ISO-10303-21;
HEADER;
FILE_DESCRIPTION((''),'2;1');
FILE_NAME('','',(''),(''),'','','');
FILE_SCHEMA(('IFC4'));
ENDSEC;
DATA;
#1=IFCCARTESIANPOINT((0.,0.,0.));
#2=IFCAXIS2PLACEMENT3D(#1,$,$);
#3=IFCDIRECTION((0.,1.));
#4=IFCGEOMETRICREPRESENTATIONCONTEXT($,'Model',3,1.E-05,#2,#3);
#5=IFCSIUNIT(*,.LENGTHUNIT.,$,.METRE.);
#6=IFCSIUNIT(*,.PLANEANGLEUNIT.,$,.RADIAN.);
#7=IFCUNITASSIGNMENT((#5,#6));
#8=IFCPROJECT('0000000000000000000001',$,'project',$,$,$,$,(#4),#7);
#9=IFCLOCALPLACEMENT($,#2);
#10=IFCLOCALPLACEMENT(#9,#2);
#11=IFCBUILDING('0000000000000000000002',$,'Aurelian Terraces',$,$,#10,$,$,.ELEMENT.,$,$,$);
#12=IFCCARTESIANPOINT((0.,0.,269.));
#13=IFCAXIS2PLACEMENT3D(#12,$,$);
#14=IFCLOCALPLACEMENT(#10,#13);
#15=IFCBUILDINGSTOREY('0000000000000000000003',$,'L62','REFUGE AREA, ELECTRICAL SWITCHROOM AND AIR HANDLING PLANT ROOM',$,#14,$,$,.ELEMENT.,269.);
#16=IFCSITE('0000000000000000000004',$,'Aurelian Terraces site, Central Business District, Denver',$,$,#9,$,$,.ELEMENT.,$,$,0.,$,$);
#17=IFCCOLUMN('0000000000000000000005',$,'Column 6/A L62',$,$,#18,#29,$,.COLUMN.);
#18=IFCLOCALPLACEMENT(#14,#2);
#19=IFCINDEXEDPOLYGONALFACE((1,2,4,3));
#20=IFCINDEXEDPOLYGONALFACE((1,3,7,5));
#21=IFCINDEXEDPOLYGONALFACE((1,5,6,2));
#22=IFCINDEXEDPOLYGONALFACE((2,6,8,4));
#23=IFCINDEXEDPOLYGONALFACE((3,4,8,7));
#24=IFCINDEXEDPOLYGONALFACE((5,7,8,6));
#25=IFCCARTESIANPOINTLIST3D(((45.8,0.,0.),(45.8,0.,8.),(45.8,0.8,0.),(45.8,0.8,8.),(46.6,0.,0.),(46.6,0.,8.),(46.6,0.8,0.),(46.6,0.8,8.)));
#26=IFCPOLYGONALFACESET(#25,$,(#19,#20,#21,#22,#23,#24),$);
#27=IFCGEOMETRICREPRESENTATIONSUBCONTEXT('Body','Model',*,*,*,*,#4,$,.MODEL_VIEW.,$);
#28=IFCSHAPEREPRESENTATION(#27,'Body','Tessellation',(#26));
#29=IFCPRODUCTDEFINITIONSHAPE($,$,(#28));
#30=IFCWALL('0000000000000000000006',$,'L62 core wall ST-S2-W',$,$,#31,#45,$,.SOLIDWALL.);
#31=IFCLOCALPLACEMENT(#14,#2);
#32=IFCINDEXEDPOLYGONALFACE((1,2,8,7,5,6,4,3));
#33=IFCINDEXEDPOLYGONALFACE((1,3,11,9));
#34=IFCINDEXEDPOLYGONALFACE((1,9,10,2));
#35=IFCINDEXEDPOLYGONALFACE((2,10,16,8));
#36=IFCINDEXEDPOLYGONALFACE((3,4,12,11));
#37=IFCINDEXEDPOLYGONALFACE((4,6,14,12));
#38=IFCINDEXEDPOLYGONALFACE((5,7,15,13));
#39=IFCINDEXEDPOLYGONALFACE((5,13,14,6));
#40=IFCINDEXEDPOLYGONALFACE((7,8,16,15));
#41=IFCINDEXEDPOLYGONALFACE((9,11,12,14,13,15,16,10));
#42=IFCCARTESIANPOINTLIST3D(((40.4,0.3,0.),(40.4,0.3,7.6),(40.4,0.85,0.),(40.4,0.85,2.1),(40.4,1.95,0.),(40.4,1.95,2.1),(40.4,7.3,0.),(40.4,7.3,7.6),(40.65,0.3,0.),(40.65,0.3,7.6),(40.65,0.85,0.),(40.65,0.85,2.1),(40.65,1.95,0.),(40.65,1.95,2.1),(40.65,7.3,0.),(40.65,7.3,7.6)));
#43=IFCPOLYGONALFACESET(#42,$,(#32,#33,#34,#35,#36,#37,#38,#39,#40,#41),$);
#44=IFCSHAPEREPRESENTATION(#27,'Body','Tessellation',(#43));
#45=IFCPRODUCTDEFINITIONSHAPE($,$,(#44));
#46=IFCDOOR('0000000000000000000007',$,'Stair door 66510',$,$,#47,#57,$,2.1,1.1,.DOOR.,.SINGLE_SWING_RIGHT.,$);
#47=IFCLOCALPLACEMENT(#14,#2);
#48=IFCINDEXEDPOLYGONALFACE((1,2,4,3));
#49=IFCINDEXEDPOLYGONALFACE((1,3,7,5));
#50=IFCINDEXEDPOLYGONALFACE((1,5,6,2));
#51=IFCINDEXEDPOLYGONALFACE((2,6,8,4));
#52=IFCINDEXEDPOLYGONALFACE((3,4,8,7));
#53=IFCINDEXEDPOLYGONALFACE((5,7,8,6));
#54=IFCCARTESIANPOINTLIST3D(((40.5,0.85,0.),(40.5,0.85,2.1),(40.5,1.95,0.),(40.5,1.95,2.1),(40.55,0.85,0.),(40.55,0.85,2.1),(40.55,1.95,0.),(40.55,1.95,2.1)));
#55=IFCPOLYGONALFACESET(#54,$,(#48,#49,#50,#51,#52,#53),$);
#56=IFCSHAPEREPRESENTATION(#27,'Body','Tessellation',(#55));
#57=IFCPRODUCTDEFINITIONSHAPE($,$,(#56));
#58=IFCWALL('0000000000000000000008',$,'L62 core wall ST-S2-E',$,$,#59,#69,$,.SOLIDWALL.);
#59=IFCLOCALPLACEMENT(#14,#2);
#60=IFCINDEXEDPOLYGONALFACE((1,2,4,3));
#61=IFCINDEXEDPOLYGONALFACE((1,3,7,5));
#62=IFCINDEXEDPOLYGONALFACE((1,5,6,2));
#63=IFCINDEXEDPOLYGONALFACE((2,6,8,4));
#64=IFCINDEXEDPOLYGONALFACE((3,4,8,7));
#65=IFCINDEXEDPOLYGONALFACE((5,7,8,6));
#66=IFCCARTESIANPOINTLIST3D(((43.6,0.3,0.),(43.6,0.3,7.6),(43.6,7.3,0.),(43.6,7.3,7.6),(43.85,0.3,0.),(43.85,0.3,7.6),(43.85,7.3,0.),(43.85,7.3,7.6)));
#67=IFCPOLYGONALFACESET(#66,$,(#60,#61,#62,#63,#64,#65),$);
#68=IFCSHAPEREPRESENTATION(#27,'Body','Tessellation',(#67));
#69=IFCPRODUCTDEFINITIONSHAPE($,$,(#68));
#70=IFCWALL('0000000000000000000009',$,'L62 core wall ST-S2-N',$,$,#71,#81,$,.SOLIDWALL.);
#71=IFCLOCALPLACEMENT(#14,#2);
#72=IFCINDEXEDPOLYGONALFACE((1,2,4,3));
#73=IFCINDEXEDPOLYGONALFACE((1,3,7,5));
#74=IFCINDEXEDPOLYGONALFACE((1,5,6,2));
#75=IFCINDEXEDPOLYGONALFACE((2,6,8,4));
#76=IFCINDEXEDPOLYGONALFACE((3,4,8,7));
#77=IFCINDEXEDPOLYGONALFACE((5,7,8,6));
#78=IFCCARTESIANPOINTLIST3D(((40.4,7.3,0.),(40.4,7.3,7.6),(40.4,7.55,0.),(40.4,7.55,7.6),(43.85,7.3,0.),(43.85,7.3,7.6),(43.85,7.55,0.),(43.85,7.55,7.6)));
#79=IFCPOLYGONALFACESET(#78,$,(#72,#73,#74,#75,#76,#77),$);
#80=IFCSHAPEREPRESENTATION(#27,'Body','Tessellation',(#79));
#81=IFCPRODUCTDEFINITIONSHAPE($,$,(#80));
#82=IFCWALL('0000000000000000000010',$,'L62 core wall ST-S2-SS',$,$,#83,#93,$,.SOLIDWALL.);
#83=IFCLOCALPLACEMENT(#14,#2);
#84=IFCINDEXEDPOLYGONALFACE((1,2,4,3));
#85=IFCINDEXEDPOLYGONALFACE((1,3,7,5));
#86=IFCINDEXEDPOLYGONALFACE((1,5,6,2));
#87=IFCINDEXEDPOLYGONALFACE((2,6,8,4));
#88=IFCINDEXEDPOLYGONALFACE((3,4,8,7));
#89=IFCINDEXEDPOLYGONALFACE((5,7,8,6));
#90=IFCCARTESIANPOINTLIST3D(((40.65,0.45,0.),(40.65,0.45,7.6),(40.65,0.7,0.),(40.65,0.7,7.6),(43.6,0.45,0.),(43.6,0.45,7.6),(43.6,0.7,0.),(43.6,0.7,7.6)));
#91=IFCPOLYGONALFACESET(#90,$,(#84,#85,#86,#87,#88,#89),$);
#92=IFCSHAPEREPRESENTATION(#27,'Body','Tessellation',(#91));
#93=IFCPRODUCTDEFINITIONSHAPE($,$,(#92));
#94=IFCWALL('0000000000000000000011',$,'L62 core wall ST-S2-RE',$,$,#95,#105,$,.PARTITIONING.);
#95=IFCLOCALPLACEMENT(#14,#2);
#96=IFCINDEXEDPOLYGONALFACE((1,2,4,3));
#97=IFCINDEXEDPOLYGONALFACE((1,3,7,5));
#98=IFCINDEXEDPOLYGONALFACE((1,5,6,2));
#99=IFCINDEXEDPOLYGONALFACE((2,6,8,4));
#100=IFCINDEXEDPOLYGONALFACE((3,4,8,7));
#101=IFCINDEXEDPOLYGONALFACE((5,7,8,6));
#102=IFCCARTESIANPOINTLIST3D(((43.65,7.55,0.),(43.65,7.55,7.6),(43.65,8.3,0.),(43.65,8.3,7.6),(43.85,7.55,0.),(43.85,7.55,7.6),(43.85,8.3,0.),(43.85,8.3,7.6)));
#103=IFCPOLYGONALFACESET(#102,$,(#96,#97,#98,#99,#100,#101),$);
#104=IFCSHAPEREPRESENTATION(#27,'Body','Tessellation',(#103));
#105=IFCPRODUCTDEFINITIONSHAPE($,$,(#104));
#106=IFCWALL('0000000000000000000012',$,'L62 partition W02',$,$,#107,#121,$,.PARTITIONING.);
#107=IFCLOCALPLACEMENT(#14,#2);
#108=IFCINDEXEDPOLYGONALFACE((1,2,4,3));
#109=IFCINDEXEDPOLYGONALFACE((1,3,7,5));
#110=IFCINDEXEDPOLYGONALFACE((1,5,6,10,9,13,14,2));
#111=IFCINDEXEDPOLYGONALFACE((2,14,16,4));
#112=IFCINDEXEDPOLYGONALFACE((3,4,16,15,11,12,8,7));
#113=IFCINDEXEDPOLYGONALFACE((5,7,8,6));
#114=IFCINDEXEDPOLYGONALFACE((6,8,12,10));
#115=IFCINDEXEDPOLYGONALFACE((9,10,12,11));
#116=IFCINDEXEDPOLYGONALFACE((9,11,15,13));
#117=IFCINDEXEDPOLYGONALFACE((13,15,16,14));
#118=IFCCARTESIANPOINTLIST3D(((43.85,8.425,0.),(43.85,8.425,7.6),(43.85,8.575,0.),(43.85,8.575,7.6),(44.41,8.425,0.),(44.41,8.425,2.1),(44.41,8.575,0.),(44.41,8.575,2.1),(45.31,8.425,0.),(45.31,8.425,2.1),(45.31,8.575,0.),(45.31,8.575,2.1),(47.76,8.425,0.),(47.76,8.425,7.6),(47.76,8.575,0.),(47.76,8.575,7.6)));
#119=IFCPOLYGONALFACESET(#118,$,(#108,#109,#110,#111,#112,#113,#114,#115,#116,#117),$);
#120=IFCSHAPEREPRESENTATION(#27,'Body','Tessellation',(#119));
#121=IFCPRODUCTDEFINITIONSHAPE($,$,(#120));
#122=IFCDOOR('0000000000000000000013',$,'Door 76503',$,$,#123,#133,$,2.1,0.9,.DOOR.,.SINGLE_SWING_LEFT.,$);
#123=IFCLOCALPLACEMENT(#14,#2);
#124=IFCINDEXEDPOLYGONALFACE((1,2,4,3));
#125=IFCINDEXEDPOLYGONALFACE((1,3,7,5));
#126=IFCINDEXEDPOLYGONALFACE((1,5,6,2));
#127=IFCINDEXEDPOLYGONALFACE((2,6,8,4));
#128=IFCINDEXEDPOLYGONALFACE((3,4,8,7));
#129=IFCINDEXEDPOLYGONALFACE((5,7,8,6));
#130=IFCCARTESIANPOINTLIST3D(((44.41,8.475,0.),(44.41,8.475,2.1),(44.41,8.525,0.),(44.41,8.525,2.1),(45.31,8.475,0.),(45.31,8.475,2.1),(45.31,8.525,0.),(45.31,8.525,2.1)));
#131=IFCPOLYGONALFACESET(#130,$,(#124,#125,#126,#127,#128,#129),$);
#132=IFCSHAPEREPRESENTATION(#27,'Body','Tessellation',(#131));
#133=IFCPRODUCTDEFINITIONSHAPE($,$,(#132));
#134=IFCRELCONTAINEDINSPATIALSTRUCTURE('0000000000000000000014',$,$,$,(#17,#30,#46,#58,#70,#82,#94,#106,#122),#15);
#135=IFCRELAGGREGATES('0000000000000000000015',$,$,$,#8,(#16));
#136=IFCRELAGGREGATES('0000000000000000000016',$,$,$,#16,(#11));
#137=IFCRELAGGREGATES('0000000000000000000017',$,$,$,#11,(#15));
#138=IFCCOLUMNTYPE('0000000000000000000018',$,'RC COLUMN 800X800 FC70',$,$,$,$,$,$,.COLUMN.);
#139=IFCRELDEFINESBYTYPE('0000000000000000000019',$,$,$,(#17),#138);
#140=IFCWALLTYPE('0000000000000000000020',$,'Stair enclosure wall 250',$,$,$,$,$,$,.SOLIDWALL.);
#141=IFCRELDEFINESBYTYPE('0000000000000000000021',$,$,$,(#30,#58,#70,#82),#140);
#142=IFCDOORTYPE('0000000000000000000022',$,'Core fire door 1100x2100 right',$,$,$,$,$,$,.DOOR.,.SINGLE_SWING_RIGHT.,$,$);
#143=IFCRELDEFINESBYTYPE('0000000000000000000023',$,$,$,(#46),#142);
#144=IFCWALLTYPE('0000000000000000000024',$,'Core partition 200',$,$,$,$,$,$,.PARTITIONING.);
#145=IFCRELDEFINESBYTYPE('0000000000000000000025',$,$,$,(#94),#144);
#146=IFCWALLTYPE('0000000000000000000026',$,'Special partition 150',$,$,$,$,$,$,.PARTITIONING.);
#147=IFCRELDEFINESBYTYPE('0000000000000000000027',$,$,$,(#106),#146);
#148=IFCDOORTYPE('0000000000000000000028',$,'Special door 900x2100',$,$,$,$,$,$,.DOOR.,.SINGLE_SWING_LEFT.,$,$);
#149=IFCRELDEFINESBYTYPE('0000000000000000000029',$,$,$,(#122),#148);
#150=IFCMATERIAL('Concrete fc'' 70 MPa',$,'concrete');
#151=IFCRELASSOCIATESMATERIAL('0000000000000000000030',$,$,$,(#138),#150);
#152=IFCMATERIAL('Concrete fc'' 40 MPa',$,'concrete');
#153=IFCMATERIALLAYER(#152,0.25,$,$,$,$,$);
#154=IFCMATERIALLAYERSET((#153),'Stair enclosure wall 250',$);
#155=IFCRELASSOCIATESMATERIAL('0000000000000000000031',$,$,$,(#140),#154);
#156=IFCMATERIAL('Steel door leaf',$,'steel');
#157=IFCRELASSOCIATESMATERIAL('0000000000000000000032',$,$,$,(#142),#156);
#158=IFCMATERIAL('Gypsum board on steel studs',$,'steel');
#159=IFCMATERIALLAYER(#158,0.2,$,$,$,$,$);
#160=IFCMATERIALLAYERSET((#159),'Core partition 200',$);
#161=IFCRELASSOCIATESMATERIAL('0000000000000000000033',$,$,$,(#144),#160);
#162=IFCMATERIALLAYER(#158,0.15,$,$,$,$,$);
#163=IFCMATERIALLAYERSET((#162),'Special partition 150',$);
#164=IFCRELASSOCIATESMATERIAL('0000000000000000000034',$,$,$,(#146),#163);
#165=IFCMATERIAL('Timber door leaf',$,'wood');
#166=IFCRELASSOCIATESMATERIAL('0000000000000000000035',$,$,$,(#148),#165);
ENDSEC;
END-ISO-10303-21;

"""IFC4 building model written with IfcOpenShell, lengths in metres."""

from ifc_helpers import new_model, si_unit, direction, frame, frame_2d, origin, origin_2d, place, context, subcontext, project, spatial, rectangle, extrude, source, transform, mapped, material, layer, layer_set, material_profile, profile_set, type_object, element, fill, save


model = new_model("IFC4")

# Units and contexts
model_context = context("Model", 3, precision=1e-05, world=origin(), true_north=direction((0.0, 1.0)))
body_context = subcontext(model_context, "Body", "Model", "MODEL_VIEW")
ifc_project = project(units=[si_unit("LENGTHUNIT", "METRE"), si_unit("PLANEANGLEUNIT", "RADIAN")], contexts=[model_context])

# Site, building, storey
site_placement = place(None, origin())
site = spatial("IfcSite", under=ifc_project, at=site_placement, Name="Aurelian Terraces site, Central Business District, Denver", CompositionType="ELEMENT", RefElevation=0.0)
building_placement = place(site_placement, origin())
building = spatial("IfcBuilding", under=site, at=building_placement, Name="Aurelian Terraces", CompositionType="ELEMENT")
storey_placement = place(building_placement, frame((0.0, 0.0, 269.0)))
storey = spatial("IfcBuildingStorey", under=building, at=storey_placement, Name="L62", Description="REFUGE AREA, ELECTRICAL SWITCHROOM AND AIR HANDLING PLANT ROOM", CompositionType="ELEMENT", Elevation=269.0)

# Column
ifc_material_1 = material(Name="Concrete fc' 70 MPa", Category="concrete")
ifc_material_profile = material_profile(ifc_material_1, rectangle(XDim=0.8, YDim=0.8, at=origin_2d()))
ifc_profile_set = profile_set([ifc_material_profile], Name="Concrete fc' 70 MPa")
column_type = type_object("IfcColumnType", Name="RC COLUMN 800X800 FC70", PredefinedType="COLUMN", material=ifc_profile_set)
shared_shape_1 = source(origin(), body_context, "Body", "SweptSolid", [
    extrude(rectangle(XDim=0.8, YDim=0.8, at=origin_2d()), origin(), (0.0, 0.0, 1.0), 8.0),
])
column_placement = place(storey_placement, frame((46.2, 0.4, 0.0), z_axis=(0.0, 0.0, 1.0), x_axis=(1.0, 0.0, 0.0)))
element("IfcColumn", 1, at=column_placement, inside=storey, type_object=column_type, Name="Column 6/A L62", PredefinedType="COLUMN", context=body_context, shape_type="MappedRepresentation", body=[
    mapped(shared_shape_1, transform((0.0, 0.0, 0.0), scale=1.0)),
])

# Wall, opening, door
ifc_material_2 = material(Name="Concrete fc' 40 MPa", Category="concrete")
ifc_layer_1 = layer(ifc_material_2, 0.25)
ifc_layer_set_1 = layer_set([ifc_layer_1], Name="Stair enclosure wall 250")
wall_type_1 = type_object("IfcWallType", Name="Stair enclosure wall 250", PredefinedType="SOLIDWALL", material=ifc_layer_set_1)
shared_shape_2 = source(origin(), body_context, "Body", "SweptSolid", [
    extrude(rectangle(XDim=7.0, YDim=0.25, at=frame_2d((3.5, 0.0))), origin(), (0.0, 0.0, 1.0), 7.6),
])
wall_1_placement = place(storey_placement, frame((40.525, 0.3, 0.0), z_axis=(0.0, 0.0, 1.0), x_axis=(0.0, 1.0, 0.0)))
wall_1 = element("IfcWall", 2, at=wall_1_placement, inside=storey, type_object=wall_type_1, Name="L62 core wall ST-S2-W", PredefinedType="SOLIDWALL", context=body_context, shape_type="MappedRepresentation", body=[
    mapped(shared_shape_2, transform((0.0, 0.0, 0.0), scale=1.0)),
])
shared_shape_3 = source(origin(), body_context, "Body", "SweptSolid", [
    extrude(rectangle(XDim=1.1, YDim=2.1, at=frame_2d((0.55, 1.05))), frame((0.0, 0.135, 0.0), z_axis=(0.0, -1.0, 0.0), x_axis=(1.0, 0.0, 0.0)), (0.0, 0.0, 1.0), 0.27),
])
opening_1_placement = place(wall_1_placement, frame((0.55, 0.0, 0.0)))
opening_1 = element("IfcOpeningElement", 3, at=opening_1_placement, cuts=wall_1, PredefinedType="OPENING", context=body_context, shape_type="MappedRepresentation", body=[
    mapped(shared_shape_3, transform((0.0, 0.0, 0.0), scale=1.0)),
])
ifc_material_3 = material(Name="Steel door leaf", Category="steel")
door_type_1 = type_object("IfcDoorType", Name="Core fire door 1100x2100 right", OperationType="SINGLE_SWING_RIGHT", PredefinedType="DOOR", material=ifc_material_3)
shared_shape_4 = source(origin(), body_context, "Body", "SweptSolid", [
    extrude(rectangle(XDim=1.1, YDim=2.1, at=frame_2d((0.55, 1.05))), frame((0.0, 0.025, 0.0), z_axis=(0.0, -1.0, 0.0), x_axis=(1.0, 0.0, 0.0)), (0.0, 0.0, 1.0), 0.05),
])
door_1_placement = place(opening_1_placement, origin())
door_1 = element("IfcDoor", 4, at=door_1_placement, inside=storey, type_object=door_type_1, Name="Stair door 66510", OperationType="SINGLE_SWING_RIGHT", OverallHeight=2.1, OverallWidth=1.1, PredefinedType="DOOR", context=body_context, shape_type="MappedRepresentation", body=[
    mapped(shared_shape_4, transform((0.0, 0.0, 0.0), scale=1.0)),
])
fill(opening_1, door_1)

# Walls
wall_2_placement = place(storey_placement, frame((43.725, 0.3, 0.0), z_axis=(0.0, 0.0, 1.0), x_axis=(0.0, 1.0, 0.0)))
element("IfcWall", 5, at=wall_2_placement, inside=storey, type_object=wall_type_1, Name="L62 core wall ST-S2-E", PredefinedType="SOLIDWALL", context=body_context, shape_type="MappedRepresentation", body=[
    mapped(shared_shape_2, transform((0.0, 0.0, 0.0), scale=1.0)),
])
shared_shape_5 = source(origin(), body_context, "Body", "SweptSolid", [
    extrude(rectangle(XDim=3.45, YDim=0.25, at=frame_2d((1.725, 0.0))), origin(), (0.0, 0.0, 1.0), 7.6),
])
wall_3_placement = place(storey_placement, frame((40.4, 7.425, 0.0), z_axis=(0.0, 0.0, 1.0), x_axis=(1.0, 0.0, 0.0)))
element("IfcWall", 6, at=wall_3_placement, inside=storey, type_object=wall_type_1, Name="L62 core wall ST-S2-N", PredefinedType="SOLIDWALL", context=body_context, shape_type="MappedRepresentation", body=[
    mapped(shared_shape_5, transform((0.0, 0.0, 0.0), scale=1.0)),
])
shared_shape_6 = source(origin(), body_context, "Body", "SweptSolid", [
    extrude(rectangle(XDim=2.95, YDim=0.25, at=frame_2d((1.475, 0.0))), origin(), (0.0, 0.0, 1.0), 7.6),
])
wall_4_placement = place(storey_placement, frame((40.65, 0.575, 0.0), z_axis=(0.0, 0.0, 1.0), x_axis=(1.0, 0.0, 0.0)))
element("IfcWall", 7, at=wall_4_placement, inside=storey, type_object=wall_type_1, Name="L62 core wall ST-S2-SS", PredefinedType="SOLIDWALL", context=body_context, shape_type="MappedRepresentation", body=[
    mapped(shared_shape_6, transform((0.0, 0.0, 0.0), scale=1.0)),
])
ifc_material_4 = material(Name="Gypsum board on steel studs", Category="steel")
ifc_layer_2 = layer(ifc_material_4, 0.2)
ifc_layer_set_2 = layer_set([ifc_layer_2], Name="Core partition 200")
wall_type_2 = type_object("IfcWallType", Name="Core partition 200", PredefinedType="PARTITIONING", material=ifc_layer_set_2)
shared_shape_7 = source(origin(), body_context, "Body", "SweptSolid", [
    extrude(rectangle(XDim=0.75, YDim=0.2, at=frame_2d((0.375, 0.0))), origin(), (0.0, 0.0, 1.0), 7.6),
])
wall_5_placement = place(storey_placement, frame((43.75, 7.55, 0.0), z_axis=(0.0, 0.0, 1.0), x_axis=(0.0, 1.0, 0.0)))
element("IfcWall", 8, at=wall_5_placement, inside=storey, type_object=wall_type_2, Name="L62 core wall ST-S2-RE", PredefinedType="PARTITIONING", context=body_context, shape_type="MappedRepresentation", body=[
    mapped(shared_shape_7, transform((0.0, 0.0, 0.0), scale=1.0)),
])

# Wall, opening, door
ifc_layer_3 = layer(ifc_material_4, 0.15)
ifc_layer_set_3 = layer_set([ifc_layer_3], Name="Special partition 150")
wall_type_3 = type_object("IfcWallType", Name="Special partition 150", PredefinedType="PARTITIONING", material=ifc_layer_set_3)
shared_shape_8 = source(origin(), body_context, "Body", "SweptSolid", [
    extrude(rectangle(XDim=3.91, YDim=0.15, at=frame_2d((1.955, 0.0))), origin(), (0.0, 0.0, 1.0), 7.6),
])
wall_6_placement = place(storey_placement, frame((43.85, 8.5, 0.0), z_axis=(0.0, 0.0, 1.0), x_axis=(1.0, 0.0, 0.0)))
wall_6 = element("IfcWall", 9, at=wall_6_placement, inside=storey, type_object=wall_type_3, Name="L62 partition W02", PredefinedType="PARTITIONING", context=body_context, shape_type="MappedRepresentation", body=[
    mapped(shared_shape_8, transform((0.0, 0.0, 0.0), scale=1.0)),
])
shared_shape_9 = source(origin(), body_context, "Body", "SweptSolid", [
    extrude(rectangle(XDim=0.9, YDim=2.1, at=frame_2d((0.45, 1.05))), frame((0.0, 0.085, 0.0), z_axis=(0.0, -1.0, 0.0), x_axis=(1.0, 0.0, 0.0)), (0.0, 0.0, 1.0), 0.17),
])
opening_2_placement = place(wall_6_placement, frame((0.56, 0.0, 0.0)))
opening_2 = element("IfcOpeningElement", 10, at=opening_2_placement, cuts=wall_6, PredefinedType="OPENING", context=body_context, shape_type="MappedRepresentation", body=[
    mapped(shared_shape_9, transform((0.0, 0.0, 0.0), scale=1.0)),
])
ifc_material_5 = material(Name="Timber door leaf", Category="wood")
door_type_2 = type_object("IfcDoorType", Name="Special door 900x2100", OperationType="SINGLE_SWING_LEFT", PredefinedType="DOOR", material=ifc_material_5)
shared_shape_10 = source(origin(), body_context, "Body", "SweptSolid", [
    extrude(rectangle(XDim=0.9, YDim=2.1, at=frame_2d((0.45, 1.05))), frame((0.0, 0.025, 0.0), z_axis=(0.0, -1.0, 0.0), x_axis=(1.0, 0.0, 0.0)), (0.0, 0.0, 1.0), 0.05),
])
door_2_placement = place(opening_2_placement, origin())
door_2 = element("IfcDoor", 11, at=door_2_placement, inside=storey, type_object=door_type_2, Name="Door 76503", OperationType="SINGLE_SWING_LEFT", OverallHeight=2.1, OverallWidth=0.9, PredefinedType="DOOR", context=body_context, shape_type="MappedRepresentation", body=[
    mapped(shared_shape_10, transform((0.0, 0.0, 0.0), scale=1.0)),
])
fill(opening_2, door_2)

save(model, "model.ifc")
